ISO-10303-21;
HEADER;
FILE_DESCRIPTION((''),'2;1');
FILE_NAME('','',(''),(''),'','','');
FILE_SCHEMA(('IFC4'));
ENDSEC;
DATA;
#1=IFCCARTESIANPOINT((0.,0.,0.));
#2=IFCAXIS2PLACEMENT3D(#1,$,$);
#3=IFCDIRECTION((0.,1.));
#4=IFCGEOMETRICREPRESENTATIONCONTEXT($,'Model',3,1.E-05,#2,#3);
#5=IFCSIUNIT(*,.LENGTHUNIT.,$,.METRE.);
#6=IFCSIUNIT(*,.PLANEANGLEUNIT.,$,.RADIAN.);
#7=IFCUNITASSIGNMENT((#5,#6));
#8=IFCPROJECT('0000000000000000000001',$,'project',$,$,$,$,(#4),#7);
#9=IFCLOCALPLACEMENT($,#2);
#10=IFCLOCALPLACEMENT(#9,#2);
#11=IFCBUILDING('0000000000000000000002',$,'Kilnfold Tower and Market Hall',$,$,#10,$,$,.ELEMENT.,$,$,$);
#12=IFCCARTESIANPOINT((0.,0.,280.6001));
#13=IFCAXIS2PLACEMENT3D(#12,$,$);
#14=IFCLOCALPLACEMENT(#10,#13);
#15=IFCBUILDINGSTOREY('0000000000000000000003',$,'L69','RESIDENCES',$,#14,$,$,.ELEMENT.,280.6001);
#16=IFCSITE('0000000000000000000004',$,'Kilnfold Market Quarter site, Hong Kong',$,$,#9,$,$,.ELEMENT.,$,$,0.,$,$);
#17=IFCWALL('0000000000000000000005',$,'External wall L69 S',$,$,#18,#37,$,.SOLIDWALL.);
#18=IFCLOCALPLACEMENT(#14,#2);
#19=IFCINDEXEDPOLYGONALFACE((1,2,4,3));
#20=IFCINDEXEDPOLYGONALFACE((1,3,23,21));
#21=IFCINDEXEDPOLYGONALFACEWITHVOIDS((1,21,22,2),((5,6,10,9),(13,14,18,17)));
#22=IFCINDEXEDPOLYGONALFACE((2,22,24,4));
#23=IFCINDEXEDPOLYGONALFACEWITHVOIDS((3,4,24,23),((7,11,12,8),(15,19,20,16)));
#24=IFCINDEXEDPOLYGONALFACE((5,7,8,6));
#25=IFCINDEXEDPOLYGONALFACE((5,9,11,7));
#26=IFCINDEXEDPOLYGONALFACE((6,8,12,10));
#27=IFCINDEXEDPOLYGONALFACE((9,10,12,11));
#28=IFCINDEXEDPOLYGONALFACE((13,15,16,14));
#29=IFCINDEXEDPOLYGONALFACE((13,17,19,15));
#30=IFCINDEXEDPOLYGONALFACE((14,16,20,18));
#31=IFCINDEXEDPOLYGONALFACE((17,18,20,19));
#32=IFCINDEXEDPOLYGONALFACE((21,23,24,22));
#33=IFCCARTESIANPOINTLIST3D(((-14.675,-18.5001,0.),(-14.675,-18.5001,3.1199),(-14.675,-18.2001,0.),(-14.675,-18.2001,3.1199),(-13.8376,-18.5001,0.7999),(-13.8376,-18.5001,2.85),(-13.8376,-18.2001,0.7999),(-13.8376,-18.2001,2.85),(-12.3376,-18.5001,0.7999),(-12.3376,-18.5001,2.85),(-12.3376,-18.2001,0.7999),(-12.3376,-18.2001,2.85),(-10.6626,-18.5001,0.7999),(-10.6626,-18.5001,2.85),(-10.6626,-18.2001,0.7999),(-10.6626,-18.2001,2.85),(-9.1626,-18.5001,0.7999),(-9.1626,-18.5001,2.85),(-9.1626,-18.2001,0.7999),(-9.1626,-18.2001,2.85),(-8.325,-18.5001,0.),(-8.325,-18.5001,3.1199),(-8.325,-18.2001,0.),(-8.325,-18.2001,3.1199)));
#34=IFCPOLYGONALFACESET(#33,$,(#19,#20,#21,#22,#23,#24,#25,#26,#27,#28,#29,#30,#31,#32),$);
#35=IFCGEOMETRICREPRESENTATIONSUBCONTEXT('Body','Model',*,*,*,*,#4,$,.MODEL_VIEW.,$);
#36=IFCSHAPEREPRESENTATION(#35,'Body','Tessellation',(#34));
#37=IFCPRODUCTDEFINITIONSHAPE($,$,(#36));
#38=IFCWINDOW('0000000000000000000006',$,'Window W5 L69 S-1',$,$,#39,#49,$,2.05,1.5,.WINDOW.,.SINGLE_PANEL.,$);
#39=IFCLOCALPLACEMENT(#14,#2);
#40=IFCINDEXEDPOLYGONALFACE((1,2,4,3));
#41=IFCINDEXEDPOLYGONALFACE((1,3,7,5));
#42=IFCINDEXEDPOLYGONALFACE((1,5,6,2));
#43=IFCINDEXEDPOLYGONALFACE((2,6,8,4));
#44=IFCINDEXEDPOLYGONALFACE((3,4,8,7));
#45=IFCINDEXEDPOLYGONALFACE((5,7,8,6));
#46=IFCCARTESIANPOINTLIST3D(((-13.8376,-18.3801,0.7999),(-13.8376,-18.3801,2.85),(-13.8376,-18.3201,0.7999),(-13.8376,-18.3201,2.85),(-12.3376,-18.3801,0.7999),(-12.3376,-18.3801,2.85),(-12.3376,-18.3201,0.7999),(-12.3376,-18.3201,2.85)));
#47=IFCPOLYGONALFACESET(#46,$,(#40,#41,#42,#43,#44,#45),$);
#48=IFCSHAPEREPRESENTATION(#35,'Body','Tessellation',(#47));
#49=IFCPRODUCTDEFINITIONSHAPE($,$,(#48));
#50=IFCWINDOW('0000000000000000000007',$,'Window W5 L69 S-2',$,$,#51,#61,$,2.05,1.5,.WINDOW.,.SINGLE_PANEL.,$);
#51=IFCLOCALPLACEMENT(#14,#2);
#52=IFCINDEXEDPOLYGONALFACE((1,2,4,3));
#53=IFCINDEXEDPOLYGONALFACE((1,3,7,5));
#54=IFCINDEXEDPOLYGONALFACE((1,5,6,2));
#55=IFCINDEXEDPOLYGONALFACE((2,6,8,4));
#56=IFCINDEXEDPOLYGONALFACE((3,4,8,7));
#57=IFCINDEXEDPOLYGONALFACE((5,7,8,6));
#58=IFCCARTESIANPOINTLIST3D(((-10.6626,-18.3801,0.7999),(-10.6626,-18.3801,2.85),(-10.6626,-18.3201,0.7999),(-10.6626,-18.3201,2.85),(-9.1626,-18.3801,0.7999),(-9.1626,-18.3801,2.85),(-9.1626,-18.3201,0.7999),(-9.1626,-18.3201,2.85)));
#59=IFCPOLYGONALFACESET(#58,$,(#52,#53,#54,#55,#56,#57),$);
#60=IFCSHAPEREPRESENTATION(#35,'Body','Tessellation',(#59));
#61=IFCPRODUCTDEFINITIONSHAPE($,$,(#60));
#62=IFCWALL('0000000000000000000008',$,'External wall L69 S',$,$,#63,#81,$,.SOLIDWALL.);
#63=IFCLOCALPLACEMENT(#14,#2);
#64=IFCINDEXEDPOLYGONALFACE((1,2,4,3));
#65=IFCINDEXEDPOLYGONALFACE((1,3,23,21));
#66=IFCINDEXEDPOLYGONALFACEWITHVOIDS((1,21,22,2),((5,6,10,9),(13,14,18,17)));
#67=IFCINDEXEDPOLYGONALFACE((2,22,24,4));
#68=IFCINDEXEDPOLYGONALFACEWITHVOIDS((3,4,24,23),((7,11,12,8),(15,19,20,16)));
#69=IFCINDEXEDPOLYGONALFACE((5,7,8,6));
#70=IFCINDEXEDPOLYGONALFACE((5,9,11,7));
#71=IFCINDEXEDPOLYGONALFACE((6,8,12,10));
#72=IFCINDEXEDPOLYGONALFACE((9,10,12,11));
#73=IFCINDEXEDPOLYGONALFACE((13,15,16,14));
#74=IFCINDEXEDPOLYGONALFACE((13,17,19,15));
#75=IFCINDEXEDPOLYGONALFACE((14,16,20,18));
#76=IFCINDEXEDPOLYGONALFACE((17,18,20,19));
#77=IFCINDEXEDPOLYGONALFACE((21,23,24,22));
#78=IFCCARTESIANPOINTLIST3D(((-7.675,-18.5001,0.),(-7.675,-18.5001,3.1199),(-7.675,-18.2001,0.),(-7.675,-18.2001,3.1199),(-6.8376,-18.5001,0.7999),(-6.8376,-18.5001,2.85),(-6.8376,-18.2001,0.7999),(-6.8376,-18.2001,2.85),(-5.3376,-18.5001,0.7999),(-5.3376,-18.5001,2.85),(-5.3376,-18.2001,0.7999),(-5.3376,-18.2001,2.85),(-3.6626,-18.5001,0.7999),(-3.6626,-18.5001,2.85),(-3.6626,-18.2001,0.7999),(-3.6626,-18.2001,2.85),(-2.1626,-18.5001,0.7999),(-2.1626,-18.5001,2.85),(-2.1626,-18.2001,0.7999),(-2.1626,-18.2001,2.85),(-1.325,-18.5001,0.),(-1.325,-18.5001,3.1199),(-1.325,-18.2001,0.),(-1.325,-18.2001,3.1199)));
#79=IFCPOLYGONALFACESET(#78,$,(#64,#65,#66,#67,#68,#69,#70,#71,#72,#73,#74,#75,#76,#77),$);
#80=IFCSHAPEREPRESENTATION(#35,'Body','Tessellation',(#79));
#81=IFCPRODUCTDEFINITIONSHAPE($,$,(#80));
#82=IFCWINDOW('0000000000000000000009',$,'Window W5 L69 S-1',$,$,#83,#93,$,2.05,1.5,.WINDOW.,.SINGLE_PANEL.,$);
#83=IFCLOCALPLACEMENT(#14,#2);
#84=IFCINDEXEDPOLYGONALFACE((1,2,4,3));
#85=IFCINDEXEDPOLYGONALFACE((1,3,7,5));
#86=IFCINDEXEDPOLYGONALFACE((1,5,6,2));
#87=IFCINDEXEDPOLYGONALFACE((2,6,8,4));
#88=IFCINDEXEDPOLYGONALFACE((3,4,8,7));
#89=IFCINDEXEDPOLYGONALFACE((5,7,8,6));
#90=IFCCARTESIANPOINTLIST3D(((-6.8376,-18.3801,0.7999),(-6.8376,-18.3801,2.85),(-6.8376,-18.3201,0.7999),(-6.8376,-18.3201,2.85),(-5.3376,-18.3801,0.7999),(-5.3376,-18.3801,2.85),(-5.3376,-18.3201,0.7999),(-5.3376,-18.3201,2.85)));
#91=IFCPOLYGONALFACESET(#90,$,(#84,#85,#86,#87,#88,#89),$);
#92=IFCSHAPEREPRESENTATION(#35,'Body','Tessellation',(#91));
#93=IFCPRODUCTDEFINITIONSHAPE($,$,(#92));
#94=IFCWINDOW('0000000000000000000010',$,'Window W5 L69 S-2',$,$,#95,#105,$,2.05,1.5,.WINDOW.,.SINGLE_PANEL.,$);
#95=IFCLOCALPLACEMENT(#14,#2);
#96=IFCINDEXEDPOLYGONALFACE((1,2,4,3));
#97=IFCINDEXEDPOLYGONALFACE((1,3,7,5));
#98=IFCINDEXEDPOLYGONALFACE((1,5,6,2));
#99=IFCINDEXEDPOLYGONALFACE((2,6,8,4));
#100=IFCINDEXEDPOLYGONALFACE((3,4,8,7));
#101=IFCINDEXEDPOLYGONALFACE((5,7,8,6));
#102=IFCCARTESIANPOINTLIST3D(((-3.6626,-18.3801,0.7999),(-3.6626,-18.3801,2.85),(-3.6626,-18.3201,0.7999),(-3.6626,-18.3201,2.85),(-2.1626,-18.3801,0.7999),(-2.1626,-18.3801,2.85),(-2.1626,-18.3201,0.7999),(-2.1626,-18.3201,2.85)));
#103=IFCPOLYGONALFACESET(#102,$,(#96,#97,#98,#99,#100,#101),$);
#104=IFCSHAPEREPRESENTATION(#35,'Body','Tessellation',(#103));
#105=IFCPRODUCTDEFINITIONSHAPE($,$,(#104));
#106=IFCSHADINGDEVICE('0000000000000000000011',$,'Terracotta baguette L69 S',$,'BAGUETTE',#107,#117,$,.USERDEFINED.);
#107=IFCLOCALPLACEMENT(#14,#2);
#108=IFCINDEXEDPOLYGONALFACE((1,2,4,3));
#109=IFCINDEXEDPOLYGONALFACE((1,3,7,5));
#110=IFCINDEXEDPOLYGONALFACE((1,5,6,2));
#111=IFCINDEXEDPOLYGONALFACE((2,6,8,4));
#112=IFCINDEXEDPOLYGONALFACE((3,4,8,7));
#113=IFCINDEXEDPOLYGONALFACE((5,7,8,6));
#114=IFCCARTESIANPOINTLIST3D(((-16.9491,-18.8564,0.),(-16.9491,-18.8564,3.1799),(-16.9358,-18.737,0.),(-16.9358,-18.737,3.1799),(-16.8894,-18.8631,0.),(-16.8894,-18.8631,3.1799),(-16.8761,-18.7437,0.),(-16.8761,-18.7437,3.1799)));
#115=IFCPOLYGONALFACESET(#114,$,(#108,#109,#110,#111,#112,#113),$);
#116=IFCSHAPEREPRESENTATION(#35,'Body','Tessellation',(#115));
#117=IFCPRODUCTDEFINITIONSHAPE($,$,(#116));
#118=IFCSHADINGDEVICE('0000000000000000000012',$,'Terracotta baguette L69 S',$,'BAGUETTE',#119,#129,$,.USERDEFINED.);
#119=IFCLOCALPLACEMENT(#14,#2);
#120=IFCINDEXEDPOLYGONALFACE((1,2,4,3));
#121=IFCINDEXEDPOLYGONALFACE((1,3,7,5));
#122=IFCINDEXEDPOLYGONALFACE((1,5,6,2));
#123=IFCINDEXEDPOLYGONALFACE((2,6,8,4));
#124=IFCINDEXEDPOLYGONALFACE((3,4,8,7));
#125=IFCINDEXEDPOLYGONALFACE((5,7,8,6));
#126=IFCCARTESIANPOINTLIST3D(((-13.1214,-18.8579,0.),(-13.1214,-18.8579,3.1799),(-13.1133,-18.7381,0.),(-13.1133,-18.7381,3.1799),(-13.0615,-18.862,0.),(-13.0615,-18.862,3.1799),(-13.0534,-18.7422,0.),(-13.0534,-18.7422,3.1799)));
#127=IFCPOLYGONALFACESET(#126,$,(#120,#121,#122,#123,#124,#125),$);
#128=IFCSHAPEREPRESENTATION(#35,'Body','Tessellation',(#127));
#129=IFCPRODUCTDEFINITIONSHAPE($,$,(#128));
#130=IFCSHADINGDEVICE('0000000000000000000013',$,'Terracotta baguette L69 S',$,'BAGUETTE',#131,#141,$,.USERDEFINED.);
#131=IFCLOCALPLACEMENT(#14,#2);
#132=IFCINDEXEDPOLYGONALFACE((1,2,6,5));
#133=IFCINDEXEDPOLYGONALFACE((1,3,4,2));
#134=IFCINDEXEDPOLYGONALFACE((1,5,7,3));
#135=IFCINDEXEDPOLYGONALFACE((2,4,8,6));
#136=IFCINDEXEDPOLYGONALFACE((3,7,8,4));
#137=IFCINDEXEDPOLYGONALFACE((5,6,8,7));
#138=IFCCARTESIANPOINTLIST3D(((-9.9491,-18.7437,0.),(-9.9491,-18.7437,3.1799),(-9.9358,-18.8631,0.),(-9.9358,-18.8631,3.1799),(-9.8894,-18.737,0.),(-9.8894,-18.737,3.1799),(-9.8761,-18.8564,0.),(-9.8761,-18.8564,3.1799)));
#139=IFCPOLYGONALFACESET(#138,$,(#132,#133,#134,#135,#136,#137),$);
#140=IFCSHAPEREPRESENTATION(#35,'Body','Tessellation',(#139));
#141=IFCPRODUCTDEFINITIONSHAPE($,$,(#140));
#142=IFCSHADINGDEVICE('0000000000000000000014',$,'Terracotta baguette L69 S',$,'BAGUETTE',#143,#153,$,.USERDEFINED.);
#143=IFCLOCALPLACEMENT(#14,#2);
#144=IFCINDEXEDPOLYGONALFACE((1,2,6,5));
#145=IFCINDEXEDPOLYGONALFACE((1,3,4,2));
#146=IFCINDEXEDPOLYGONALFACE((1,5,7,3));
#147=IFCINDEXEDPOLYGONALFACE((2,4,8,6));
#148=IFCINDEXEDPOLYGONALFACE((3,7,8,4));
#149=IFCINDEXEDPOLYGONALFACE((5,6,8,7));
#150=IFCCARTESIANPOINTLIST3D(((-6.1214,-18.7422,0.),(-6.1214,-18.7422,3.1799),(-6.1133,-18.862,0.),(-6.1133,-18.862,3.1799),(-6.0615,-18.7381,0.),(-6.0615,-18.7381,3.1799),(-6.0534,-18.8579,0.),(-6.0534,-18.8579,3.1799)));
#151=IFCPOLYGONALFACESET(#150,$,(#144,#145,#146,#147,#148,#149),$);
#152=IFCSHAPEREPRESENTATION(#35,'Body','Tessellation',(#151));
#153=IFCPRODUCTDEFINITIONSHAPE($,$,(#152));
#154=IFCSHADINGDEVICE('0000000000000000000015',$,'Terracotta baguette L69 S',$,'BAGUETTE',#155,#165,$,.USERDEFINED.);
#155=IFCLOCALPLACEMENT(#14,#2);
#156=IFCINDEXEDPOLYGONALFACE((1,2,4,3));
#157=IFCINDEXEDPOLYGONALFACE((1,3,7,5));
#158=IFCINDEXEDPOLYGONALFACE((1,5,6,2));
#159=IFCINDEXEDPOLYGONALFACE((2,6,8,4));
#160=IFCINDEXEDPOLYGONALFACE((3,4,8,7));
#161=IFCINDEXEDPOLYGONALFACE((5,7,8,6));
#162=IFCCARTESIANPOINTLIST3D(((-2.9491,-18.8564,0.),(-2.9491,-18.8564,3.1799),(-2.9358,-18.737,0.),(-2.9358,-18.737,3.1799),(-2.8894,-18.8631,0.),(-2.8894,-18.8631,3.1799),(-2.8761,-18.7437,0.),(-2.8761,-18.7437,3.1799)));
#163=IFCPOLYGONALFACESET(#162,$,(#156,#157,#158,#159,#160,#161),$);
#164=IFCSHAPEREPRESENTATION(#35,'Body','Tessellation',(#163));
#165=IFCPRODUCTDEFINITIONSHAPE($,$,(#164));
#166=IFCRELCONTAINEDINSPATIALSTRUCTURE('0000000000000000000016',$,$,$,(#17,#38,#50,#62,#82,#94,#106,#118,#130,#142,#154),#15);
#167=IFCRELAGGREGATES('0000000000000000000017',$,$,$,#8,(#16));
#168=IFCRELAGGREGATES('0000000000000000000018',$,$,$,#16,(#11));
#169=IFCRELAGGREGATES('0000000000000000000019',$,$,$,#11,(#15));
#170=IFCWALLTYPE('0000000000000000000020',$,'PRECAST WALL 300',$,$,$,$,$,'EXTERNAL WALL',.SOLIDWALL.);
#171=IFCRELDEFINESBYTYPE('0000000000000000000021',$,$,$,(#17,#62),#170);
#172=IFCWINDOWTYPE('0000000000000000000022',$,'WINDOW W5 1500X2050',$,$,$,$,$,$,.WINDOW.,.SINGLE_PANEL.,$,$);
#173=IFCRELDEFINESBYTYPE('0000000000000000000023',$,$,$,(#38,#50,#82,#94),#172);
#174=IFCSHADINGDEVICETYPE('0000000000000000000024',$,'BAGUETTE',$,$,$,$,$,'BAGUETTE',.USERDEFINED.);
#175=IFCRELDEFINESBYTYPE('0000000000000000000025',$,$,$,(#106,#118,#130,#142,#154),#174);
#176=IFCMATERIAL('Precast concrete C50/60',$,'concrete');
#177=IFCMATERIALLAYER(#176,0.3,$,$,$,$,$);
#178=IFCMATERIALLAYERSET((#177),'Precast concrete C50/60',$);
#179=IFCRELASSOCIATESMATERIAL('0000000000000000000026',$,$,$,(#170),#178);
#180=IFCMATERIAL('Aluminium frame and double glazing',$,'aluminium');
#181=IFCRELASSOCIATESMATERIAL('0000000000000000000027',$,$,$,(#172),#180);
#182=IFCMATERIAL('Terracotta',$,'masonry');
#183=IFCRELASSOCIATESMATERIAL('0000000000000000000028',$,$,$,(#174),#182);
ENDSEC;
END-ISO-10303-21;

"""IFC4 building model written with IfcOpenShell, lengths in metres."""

from ifc_helpers import new_model, si_unit, direction, frame, frame_2d, origin, origin_2d, place, context, subcontext, project, spatial, rectangle, extrude, source, transform, mapped, material, layer, layer_set, material_profile, profile_set, type_object, element, fill, save


model = new_model("IFC4")

# Units and contexts
model_context = context("Model", 3, precision=1e-05, world=origin(), true_north=direction((0.0, 1.0)))
body_context = subcontext(model_context, "Body", "Model", "MODEL_VIEW")
ifc_project = project(units=[si_unit("LENGTHUNIT", "METRE"), si_unit("PLANEANGLEUNIT", "RADIAN")], contexts=[model_context])

# Site, building, storey
site_placement = place(None, origin())
site = spatial("IfcSite", under=ifc_project, at=site_placement, Name="Kilnfold Market Quarter site, Hong Kong", CompositionType="ELEMENT", RefElevation=0.0)
building_placement = place(site_placement, origin())
building = spatial("IfcBuilding", under=site, at=building_placement, Name="Kilnfold Tower and Market Hall", CompositionType="ELEMENT")
storey_placement = place(building_placement, frame((0.0, 0.0, 280.6001)))
storey = spatial("IfcBuildingStorey", under=building, at=storey_placement, Name="L69", Description="RESIDENCES", CompositionType="ELEMENT", Elevation=280.6001)

# Walls, openings, windows
ifc_material_1 = material(Name="Precast concrete C50/60", Category="concrete")
ifc_layer_1 = layer(ifc_material_1, 0.3)
ifc_layer_set_1 = layer_set([ifc_layer_1], Name="Precast concrete C50/60")
wall_type_1 = type_object("IfcWallType", Name="PRECAST WALL 300", ElementType="EXTERNAL WALL", PredefinedType="SOLIDWALL", material=ifc_layer_set_1)
shared_shape_1 = source(origin(), body_context, "Body", "SweptSolid", [
    extrude(rectangle(XDim=6.3501, YDim=0.3, at=frame_2d((3.175, 0.0))), origin(), (0.0, 0.0, 1.0), 3.1199),
])
wall_1_placement = place(storey_placement, frame((-14.675, -18.3501, 0.0), z_axis=(0.0, 0.0, 1.0), x_axis=(1.0, 0.0, 0.0)))
wall_1 = element("IfcWall", 1, at=wall_1_placement, inside=storey, type_object=wall_type_1, Name="External wall L69 S", PredefinedType="SOLIDWALL", context=body_context, shape_type="MappedRepresentation", body=[
    mapped(shared_shape_1, transform((0.0, 0.0, 0.0))),
])
opening_1_placement = place(wall_1_placement, frame((0.8374, 0.0, 0.8)))
opening_1 = element("IfcOpeningElement", 2, at=opening_1_placement, cuts=wall_1, PredefinedType="OPENING", context=body_context, shape_type="SweptSolid", body=[
    extrude(rectangle(XDim=1.5, YDim=2.05, at=frame_2d((0.75, 1.0249))), frame((0.0, 0.1602, 0.0), z_axis=(0.0, -1.0, 0.0), x_axis=(1.0, 0.0, 0.0)), (0.0, 0.0, 1.0), 0.3201),
])
opening_2_placement = place(wall_1_placement, frame((4.0125, 0.0, 0.8)))
opening_2 = element("IfcOpeningElement", 3, at=opening_2_placement, cuts=wall_1, PredefinedType="OPENING", context=body_context, shape_type="SweptSolid", body=[
    extrude(rectangle(XDim=1.5, YDim=2.05, at=frame_2d((0.75, 1.0249))), frame((0.0, 0.1602, 0.0), z_axis=(0.0, -1.0, 0.0), x_axis=(1.0, 0.0, 0.0)), (0.0, 0.0, 1.0), 0.3201),
])
ifc_material_2 = material(Name="Aluminium frame and double glazing", Category="aluminium")
window_type = type_object("IfcWindowType", Name="WINDOW W5 1500X2050", PartitioningType="SINGLE_PANEL", PredefinedType="WINDOW", material=ifc_material_2)
window_1_placement = place(opening_1_placement, origin())
window_1 = element("IfcWindow", 4, at=window_1_placement, inside=storey, type_object=window_type, Name="Window W5 L69 S-1", OverallHeight=2.05, OverallWidth=1.5, PartitioningType="SINGLE_PANEL", PredefinedType="WINDOW", context=body_context, shape_type="SweptSolid", body=[
    extrude(rectangle(XDim=1.5, YDim=2.05, at=frame_2d((0.75, 1.0249))), frame((0.0, 0.03, 0.0), z_axis=(0.0, -1.0, 0.0), x_axis=(1.0, 0.0, 0.0)), (0.0, 0.0, 1.0), 0.0601),
])
fill(opening_1, window_1)
window_2_placement = place(opening_2_placement, origin())
window_2 = element("IfcWindow", 5, at=window_2_placement, inside=storey, type_object=window_type, Name="Window W5 L69 S-2", OverallHeight=2.05, OverallWidth=1.5, PartitioningType="SINGLE_PANEL", PredefinedType="WINDOW", context=body_context, shape_type="SweptSolid", body=[
    extrude(rectangle(XDim=1.5, YDim=2.05, at=frame_2d((0.75, 1.0249))), frame((0.0, 0.03, 0.0), z_axis=(0.0, -1.0, 0.0), x_axis=(1.0, 0.0, 0.0)), (0.0, 0.0, 1.0), 0.0601),
])
fill(opening_2, window_2)
wall_2_placement = place(storey_placement, frame((-7.675, -18.3501, 0.0), z_axis=(0.0, 0.0, 1.0), x_axis=(1.0, 0.0, 0.0)))
wall_2 = element("IfcWall", 6, at=wall_2_placement, inside=storey, type_object=wall_type_1, Name="External wall L69 S", PredefinedType="SOLIDWALL", context=body_context, shape_type="MappedRepresentation", body=[
    mapped(shared_shape_1, transform((0.0, 0.0, 0.0))),
])
opening_3_placement = place(wall_2_placement, frame((0.8374, 0.0, 0.8)))
opening_3 = element("IfcOpeningElement", 7, at=opening_3_placement, cuts=wall_2, PredefinedType="OPENING", context=body_context, shape_type="SweptSolid", body=[
    extrude(rectangle(XDim=1.5, YDim=2.05, at=frame_2d((0.75, 1.0249))), frame((0.0, 0.1602, 0.0), z_axis=(0.0, -1.0, 0.0), x_axis=(1.0, 0.0, 0.0)), (0.0, 0.0, 1.0), 0.3201),
])
opening_4_placement = place(wall_2_placement, frame((4.0125, 0.0, 0.8)))
opening_4 = element("IfcOpeningElement", 8, at=opening_4_placement, cuts=wall_2, PredefinedType="OPENING", context=body_context, shape_type="SweptSolid", body=[
    extrude(rectangle(XDim=1.5, YDim=2.05, at=frame_2d((0.75, 1.0249))), frame((0.0, 0.1602, 0.0), z_axis=(0.0, -1.0, 0.0), x_axis=(1.0, 0.0, 0.0)), (0.0, 0.0, 1.0), 0.3201),
])
window_3_placement = place(opening_3_placement, origin())
window_3 = element("IfcWindow", 9, at=window_3_placement, inside=storey, type_object=window_type, Name="Window W5 L69 S-1", OverallHeight=2.05, OverallWidth=1.5, PartitioningType="SINGLE_PANEL", PredefinedType="WINDOW", context=body_context, shape_type="SweptSolid", body=[
    extrude(rectangle(XDim=1.5, YDim=2.05, at=frame_2d((0.75, 1.0249))), frame((0.0, 0.03, 0.0), z_axis=(0.0, -1.0, 0.0), x_axis=(1.0, 0.0, 0.0)), (0.0, 0.0, 1.0), 0.0601),
])
fill(opening_3, window_3)
window_4_placement = place(opening_4_placement, origin())
window_4 = element("IfcWindow", 10, at=window_4_placement, inside=storey, type_object=window_type, Name="Window W5 L69 S-2", OverallHeight=2.05, OverallWidth=1.5, PartitioningType="SINGLE_PANEL", PredefinedType="WINDOW", context=body_context, shape_type="SweptSolid", body=[
    extrude(rectangle(XDim=1.5, YDim=2.05, at=frame_2d((0.75, 1.0249))), frame((0.0, 0.03, 0.0), z_axis=(0.0, -1.0, 0.0), x_axis=(1.0, 0.0, 0.0)), (0.0, 0.0, 1.0), 0.0601),
])
fill(opening_4, window_4)

# Shading devices
ifc_material_3 = material(Name="Terracotta", Category="masonry")
ifc_material_profile_1 = material_profile(ifc_material_3, rectangle(XDim=0.0601, YDim=0.1201, at=origin_2d()), Name="BAG 60x120")
ifc_profile_set_1 = profile_set([ifc_material_profile_1], Name="Terracotta")
shading_device_type = type_object("IfcShadingDeviceType", Name="BAGUETTE", ElementType="BAGUETTE", PredefinedType="USERDEFINED", material=ifc_profile_set_1)
shared_shape_2 = source(origin(), body_context, "Body", "SweptSolid", [
    extrude(rectangle(XDim=0.0601, YDim=0.1201, at=origin_2d()), origin(), (0.0, 0.0, 1.0), 3.1799),
])
for number, where, z_axis, x_axis, name in (
    (11, (-16.9126, -18.8, 0.0), (0.0, 0.0, 1.0), (0.993838, -0.110843, 0.0), "Terracotta baguette L69 S"),
    (12, (-13.0874, -18.8, 0.0), (0.0, 0.0, 1.0), (0.997718, -0.067516, 0.0), "Terracotta baguette L69 S"),
    (13, (-9.9126, -18.8, 0.0), (0.0, 0.0, 1.0), (0.993838, 0.110843, 0.0), "Terracotta baguette L69 S"),
    (14, (-6.0874, -18.8, 0.0), (0.0, 0.0, 1.0), (0.997718, 0.067516, 0.0), "Terracotta baguette L69 S"),
    (15, (-2.9126, -18.8, 0.0), (0.0, 0.0, 1.0), (0.993838, -0.110843, 0.0), "Terracotta baguette L69 S"),
):
    element("IfcShadingDevice", number, at=place(storey_placement, frame(where, z_axis=z_axis, x_axis=x_axis)), inside=storey, type_object=shading_device_type, Name=name, ObjectType="BAGUETTE", PredefinedType="USERDEFINED", context=body_context, shape_type="MappedRepresentation", body=[
        mapped(shared_shape_2, transform((0.0, 0.0, 0.0))),
    ])

save(model, "model.ifc")
